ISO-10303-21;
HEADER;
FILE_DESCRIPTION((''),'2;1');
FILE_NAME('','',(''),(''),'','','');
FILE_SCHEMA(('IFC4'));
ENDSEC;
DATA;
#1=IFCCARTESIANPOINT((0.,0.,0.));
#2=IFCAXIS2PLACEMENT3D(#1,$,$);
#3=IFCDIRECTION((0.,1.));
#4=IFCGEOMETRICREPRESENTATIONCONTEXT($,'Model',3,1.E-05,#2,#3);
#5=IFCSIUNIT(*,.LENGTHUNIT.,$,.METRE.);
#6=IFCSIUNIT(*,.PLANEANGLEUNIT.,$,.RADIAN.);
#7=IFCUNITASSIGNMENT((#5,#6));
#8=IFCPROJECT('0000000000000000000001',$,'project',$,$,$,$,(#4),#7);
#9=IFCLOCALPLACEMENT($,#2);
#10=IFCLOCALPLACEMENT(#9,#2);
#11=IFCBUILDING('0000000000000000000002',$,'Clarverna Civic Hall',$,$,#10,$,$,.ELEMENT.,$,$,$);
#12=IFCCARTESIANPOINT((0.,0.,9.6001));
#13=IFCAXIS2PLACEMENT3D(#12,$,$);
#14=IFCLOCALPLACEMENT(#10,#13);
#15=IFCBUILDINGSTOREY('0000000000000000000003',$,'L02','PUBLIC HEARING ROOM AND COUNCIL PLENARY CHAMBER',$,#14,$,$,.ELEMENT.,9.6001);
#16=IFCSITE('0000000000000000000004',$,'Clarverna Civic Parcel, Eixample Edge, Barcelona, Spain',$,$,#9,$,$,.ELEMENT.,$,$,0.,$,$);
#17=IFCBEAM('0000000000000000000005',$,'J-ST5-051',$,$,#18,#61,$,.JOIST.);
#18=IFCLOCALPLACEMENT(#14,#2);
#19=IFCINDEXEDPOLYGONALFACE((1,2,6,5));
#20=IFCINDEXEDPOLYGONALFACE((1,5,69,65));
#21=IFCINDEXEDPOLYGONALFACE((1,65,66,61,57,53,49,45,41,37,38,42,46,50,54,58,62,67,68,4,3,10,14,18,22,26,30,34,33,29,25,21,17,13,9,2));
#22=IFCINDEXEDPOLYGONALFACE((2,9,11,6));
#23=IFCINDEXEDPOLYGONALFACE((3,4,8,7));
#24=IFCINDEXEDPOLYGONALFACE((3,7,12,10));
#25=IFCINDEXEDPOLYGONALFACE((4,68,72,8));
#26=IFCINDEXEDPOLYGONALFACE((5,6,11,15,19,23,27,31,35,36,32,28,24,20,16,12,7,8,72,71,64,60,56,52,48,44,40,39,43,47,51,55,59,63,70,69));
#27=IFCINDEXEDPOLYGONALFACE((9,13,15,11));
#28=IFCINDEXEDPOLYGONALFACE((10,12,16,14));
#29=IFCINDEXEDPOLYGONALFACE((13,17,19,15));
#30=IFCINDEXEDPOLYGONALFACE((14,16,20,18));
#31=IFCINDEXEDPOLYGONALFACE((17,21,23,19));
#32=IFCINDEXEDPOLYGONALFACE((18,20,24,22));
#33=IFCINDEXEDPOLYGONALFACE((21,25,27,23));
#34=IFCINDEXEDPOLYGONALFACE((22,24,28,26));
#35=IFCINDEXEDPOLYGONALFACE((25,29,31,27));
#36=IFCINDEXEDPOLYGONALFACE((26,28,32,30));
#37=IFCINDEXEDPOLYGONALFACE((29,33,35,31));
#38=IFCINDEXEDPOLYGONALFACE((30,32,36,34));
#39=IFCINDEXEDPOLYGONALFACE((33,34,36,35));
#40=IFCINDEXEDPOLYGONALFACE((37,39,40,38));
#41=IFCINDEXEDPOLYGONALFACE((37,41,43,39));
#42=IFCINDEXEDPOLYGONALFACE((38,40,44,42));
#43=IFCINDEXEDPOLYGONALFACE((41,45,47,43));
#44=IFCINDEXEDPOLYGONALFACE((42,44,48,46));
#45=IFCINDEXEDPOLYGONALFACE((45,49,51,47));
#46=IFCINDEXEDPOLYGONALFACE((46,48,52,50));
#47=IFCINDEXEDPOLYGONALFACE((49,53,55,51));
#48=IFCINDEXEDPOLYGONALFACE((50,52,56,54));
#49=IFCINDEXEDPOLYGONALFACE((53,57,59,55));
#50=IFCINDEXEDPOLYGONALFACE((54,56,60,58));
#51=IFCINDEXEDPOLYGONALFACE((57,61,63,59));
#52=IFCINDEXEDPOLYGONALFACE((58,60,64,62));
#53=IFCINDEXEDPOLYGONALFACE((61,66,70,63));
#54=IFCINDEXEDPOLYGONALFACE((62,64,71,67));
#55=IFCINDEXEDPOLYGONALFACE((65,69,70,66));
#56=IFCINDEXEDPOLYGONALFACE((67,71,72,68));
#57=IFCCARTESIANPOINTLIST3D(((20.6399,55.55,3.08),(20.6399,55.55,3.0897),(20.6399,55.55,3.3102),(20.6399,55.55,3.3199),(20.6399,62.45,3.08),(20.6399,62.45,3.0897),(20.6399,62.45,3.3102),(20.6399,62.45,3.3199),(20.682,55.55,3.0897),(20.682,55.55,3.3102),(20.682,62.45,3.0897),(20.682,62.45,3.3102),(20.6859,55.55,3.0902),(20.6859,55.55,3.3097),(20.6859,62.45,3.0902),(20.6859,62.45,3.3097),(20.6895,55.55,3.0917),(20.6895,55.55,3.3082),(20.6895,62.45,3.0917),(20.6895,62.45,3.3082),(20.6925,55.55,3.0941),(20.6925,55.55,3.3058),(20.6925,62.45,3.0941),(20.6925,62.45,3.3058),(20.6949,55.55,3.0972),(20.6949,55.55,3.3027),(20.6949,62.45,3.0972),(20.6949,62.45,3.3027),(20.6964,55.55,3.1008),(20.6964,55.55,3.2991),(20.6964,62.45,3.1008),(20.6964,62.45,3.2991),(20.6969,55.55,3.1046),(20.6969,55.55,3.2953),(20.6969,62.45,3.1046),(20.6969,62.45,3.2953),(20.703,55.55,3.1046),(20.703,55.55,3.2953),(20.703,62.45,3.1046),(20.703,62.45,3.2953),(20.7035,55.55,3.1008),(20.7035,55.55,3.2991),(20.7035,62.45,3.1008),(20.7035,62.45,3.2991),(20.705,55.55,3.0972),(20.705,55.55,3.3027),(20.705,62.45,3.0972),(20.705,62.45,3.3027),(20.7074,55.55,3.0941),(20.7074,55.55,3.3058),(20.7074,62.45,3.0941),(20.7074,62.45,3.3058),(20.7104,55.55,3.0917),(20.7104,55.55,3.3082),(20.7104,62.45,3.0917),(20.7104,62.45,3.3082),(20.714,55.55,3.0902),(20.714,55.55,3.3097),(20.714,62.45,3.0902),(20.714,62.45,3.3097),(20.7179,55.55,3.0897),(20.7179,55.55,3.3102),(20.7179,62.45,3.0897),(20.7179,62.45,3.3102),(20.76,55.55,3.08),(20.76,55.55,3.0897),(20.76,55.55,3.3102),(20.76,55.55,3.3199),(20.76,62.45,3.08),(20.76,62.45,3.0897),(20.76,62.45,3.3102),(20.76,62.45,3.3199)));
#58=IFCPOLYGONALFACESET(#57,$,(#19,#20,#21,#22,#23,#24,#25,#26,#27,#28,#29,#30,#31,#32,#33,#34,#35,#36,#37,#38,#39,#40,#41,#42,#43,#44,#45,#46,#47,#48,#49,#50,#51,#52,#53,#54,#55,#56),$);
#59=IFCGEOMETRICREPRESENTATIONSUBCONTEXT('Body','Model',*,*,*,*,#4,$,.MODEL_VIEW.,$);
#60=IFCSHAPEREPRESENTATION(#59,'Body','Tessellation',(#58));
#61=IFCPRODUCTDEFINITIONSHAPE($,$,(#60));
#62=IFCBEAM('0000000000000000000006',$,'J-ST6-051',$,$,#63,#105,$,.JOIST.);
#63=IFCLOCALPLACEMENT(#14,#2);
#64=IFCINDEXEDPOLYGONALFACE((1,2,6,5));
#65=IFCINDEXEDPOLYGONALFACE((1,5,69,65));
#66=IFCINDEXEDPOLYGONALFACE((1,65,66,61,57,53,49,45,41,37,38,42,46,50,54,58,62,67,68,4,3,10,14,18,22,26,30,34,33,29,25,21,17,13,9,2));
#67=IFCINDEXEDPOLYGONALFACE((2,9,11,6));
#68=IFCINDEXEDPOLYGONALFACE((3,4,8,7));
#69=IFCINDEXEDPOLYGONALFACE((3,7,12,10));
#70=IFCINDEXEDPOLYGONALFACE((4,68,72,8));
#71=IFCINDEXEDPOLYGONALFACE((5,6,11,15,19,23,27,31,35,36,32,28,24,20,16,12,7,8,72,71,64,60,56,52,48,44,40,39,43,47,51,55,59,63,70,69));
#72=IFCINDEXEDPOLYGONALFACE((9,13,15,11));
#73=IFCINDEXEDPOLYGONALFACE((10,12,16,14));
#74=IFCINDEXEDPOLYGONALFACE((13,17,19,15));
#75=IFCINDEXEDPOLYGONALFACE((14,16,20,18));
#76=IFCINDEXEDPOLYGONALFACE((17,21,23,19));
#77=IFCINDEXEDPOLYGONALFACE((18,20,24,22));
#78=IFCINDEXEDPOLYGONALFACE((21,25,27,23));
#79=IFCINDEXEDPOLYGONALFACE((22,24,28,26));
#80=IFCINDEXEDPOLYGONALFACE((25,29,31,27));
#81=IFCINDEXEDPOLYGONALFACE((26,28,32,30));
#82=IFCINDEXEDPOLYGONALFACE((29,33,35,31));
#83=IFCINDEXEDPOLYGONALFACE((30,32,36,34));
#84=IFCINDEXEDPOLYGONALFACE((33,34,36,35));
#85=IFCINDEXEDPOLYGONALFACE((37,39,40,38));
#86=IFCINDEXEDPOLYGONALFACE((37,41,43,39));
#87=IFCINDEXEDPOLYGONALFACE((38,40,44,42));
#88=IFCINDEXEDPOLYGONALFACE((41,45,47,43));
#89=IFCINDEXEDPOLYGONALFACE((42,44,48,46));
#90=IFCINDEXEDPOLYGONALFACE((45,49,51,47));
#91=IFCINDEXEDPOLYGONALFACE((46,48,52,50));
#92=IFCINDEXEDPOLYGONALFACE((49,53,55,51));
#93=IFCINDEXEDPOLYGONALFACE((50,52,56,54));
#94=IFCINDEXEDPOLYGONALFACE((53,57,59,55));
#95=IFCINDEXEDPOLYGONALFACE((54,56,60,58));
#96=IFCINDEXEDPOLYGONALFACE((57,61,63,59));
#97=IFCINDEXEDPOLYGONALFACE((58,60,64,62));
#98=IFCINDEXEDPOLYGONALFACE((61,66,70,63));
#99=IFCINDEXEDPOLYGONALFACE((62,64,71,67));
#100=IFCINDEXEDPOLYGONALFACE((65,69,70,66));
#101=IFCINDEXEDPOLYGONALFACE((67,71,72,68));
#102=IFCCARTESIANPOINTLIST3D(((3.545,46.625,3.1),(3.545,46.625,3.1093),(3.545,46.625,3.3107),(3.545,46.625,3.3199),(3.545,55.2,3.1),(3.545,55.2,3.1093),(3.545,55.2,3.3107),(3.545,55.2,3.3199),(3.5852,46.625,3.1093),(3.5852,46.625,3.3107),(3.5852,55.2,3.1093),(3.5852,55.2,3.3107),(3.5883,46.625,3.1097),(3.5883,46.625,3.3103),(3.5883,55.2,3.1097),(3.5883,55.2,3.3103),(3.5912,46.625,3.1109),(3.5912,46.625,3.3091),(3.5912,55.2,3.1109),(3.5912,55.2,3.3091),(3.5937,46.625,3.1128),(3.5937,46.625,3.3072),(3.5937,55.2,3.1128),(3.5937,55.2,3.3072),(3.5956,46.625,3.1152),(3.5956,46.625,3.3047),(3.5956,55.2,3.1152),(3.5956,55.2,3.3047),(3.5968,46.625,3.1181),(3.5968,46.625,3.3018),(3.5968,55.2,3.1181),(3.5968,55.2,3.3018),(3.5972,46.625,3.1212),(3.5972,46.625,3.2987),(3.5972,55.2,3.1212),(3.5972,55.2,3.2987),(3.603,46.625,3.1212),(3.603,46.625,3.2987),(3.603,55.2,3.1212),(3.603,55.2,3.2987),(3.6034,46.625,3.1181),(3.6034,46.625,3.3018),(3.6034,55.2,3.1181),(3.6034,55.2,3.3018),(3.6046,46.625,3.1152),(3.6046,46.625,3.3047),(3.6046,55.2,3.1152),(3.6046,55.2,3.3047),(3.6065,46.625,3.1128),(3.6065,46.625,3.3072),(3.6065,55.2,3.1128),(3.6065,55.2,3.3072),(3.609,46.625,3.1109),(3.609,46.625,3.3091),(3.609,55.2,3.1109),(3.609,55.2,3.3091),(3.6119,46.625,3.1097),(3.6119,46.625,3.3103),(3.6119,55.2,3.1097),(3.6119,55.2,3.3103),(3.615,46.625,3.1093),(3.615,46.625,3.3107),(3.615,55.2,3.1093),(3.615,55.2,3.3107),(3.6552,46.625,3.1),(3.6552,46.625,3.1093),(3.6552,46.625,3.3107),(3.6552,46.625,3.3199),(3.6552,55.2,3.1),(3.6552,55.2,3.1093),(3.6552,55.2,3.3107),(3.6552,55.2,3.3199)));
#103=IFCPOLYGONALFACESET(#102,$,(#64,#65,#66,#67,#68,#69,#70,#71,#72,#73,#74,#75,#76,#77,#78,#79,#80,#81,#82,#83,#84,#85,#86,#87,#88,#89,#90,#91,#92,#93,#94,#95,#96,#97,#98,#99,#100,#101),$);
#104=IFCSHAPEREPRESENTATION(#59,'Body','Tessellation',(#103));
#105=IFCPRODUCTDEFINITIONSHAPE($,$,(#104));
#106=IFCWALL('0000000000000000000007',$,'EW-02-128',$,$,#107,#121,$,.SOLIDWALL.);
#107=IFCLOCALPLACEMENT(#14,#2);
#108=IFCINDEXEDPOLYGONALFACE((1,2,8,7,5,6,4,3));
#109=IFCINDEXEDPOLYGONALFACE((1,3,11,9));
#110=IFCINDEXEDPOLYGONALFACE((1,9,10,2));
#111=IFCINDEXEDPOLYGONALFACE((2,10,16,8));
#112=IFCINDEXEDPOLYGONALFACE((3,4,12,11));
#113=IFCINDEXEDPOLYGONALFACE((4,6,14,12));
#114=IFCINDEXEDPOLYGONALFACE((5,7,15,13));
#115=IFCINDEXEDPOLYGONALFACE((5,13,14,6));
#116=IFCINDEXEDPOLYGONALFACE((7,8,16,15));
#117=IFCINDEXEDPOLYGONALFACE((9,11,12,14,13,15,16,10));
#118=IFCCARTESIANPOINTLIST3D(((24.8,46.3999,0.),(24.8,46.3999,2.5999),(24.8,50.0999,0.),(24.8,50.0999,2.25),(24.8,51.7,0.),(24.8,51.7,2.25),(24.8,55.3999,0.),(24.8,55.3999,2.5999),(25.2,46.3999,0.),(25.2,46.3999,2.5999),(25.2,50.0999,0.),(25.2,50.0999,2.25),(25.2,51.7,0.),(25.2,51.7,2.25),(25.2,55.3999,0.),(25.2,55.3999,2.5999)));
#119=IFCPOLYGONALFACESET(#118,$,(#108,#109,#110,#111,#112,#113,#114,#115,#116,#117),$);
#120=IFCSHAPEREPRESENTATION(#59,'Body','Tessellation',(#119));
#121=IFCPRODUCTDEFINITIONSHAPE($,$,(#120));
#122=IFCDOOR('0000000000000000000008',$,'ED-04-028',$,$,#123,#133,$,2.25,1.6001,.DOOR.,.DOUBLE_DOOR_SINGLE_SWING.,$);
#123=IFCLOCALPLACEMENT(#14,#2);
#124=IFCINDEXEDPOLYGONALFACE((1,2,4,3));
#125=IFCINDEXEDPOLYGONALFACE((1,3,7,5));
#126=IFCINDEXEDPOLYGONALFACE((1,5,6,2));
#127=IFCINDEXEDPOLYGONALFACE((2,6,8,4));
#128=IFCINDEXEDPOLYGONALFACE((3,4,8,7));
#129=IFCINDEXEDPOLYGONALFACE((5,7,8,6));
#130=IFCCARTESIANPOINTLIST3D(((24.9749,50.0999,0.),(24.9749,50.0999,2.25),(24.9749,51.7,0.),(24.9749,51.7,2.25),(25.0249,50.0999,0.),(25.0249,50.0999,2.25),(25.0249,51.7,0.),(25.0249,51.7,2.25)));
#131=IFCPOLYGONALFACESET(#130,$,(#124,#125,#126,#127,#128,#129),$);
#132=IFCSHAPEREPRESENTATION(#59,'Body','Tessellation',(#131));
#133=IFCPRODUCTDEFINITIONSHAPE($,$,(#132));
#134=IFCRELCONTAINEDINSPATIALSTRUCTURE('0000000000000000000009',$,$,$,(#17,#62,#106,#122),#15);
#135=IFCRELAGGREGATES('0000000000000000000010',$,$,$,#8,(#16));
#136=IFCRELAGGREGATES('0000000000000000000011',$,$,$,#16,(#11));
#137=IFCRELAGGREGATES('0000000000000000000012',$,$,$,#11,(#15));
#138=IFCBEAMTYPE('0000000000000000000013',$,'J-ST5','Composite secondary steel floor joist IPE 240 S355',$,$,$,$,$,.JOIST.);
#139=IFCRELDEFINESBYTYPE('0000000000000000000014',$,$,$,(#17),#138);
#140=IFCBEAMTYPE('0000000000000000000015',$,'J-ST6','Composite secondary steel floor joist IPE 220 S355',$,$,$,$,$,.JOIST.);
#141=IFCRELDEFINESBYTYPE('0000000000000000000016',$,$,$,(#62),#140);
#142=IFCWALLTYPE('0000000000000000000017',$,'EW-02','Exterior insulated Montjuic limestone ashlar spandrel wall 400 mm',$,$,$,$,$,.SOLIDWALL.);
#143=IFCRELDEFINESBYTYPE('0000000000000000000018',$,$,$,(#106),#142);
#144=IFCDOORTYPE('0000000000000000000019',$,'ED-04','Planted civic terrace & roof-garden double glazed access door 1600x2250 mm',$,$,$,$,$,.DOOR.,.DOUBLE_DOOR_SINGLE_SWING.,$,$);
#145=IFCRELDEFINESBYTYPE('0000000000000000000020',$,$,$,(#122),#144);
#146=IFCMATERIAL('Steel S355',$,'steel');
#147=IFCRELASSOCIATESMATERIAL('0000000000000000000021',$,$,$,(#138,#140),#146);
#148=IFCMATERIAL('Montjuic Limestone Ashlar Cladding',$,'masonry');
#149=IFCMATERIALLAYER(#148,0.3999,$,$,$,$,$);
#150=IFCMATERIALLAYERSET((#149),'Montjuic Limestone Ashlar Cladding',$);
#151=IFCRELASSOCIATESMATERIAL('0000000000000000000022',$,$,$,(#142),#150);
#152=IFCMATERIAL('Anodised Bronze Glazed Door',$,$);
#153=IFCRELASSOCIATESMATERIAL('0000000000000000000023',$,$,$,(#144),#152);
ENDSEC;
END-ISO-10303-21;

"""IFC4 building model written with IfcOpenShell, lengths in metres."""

from ifc_helpers import new_model, si_unit, direction, frame, frame_2d, origin, origin_2d, place, context, subcontext, project, spatial, rectangle, i_section, extrude, material, layer, layer_set, material_profile, profile_set, type_object, element, fill, save


model = new_model("IFC4")

# Units and contexts
model_context = context("Model", 3, precision=1e-05, world=origin(), true_north=direction((0.0, 1.0)))
body_context = subcontext(model_context, "Body", "Model", "MODEL_VIEW")
ifc_project = project(units=[si_unit("LENGTHUNIT", "METRE"), si_unit("PLANEANGLEUNIT", "RADIAN")], contexts=[model_context])

# Site, building, storey
site_placement = place(None, origin())
site = spatial("IfcSite", under=ifc_project, at=site_placement, Name="Clarverna Civic Parcel, Eixample Edge, Barcelona, Spain", CompositionType="ELEMENT", RefElevation=0.0)
building_placement = place(site_placement, origin())
building = spatial("IfcBuilding", under=site, at=building_placement, Name="Clarverna Civic Hall", CompositionType="ELEMENT")
storey_placement = place(building_placement, frame((0.0, 0.0, 9.6001)))
storey = spatial("IfcBuildingStorey", under=building, at=storey_placement, Name="L02", Description="PUBLIC HEARING ROOM AND COUNCIL PLENARY CHAMBER", CompositionType="ELEMENT", Elevation=9.6001)

# Beams
ifc_material_1 = material(Name="Steel S355", Category="steel")
ifc_material_profile_1 = material_profile(ifc_material_1, i_section(OverallWidth=0.1201, OverallDepth=0.24, WebThickness=0.0061, FlangeThickness=0.0098, FilletRadius=0.0149, at=origin_2d()), Name="IPE 240")
ifc_profile_set_1 = profile_set([ifc_material_profile_1], Name="Steel S355")
beam_type_1 = type_object("IfcBeamType", Name="J-ST5", Description="Composite secondary steel floor joist IPE 240 S355", PredefinedType="JOIST", material=ifc_profile_set_1)
beam_1_placement = place(storey_placement, frame((20.7, 55.55, 3.2), z_axis=(0.0, 1.0, 0.0), x_axis=(-1.0, 0.0, 0.0)))
element("IfcBeam", 1, at=beam_1_placement, inside=storey, type_object=beam_type_1, Name="J-ST5-051", PredefinedType="JOIST", context=body_context, shape_type="SweptSolid", body=[
    extrude(i_section(OverallWidth=0.1201, OverallDepth=0.24, WebThickness=0.0061, FlangeThickness=0.0098, FilletRadius=0.0149, at=origin_2d()), origin(), (0.0, 0.0, 1.0), 6.8999),
])
ifc_material_profile_2 = material_profile(ifc_material_1, i_section(OverallWidth=0.1101, OverallDepth=0.22, WebThickness=0.0059, FlangeThickness=0.0093, FilletRadius=0.012, at=origin_2d()), Name="IPE 220")
ifc_profile_set_2 = profile_set([ifc_material_profile_2], Name="Steel S355")
beam_type_2 = type_object("IfcBeamType", Name="J-ST6", Description="Composite secondary steel floor joist IPE 220 S355", PredefinedType="JOIST", material=ifc_profile_set_2)
beam_2_placement = place(storey_placement, frame((3.6001, 46.625, 3.21), z_axis=(0.0, 1.0, 0.0), x_axis=(-1.0, 0.0, 0.0)))
element("IfcBeam", 2, at=beam_2_placement, inside=storey, type_object=beam_type_2, Name="J-ST6-051", PredefinedType="JOIST", context=body_context, shape_type="SweptSolid", body=[
    extrude(i_section(OverallWidth=0.1101, OverallDepth=0.22, WebThickness=0.0059, FlangeThickness=0.0093, FilletRadius=0.012, at=origin_2d()), origin(), (0.0, 0.0, 1.0), 8.575),
])

# Wall, opening, door
ifc_material_2 = material(Name="Montjuic Limestone Ashlar Cladding", Category="masonry")
ifc_layer = layer(ifc_material_2, 0.3999)
ifc_layer_set = layer_set([ifc_layer], Name="Montjuic Limestone Ashlar Cladding")
wall_type = type_object("IfcWallType", Name="EW-02", Description="Exterior insulated Montjuic limestone ashlar spandrel wall 400 mm", PredefinedType="SOLIDWALL", material=ifc_layer_set)
wall_placement = place(storey_placement, frame((25.0, 55.3999, 0.0), z_axis=(0.0, 0.0, 1.0), x_axis=(0.0, -1.0, 0.0)))
wall = element("IfcWall", 3, at=wall_placement, inside=storey, type_object=wall_type, Name="EW-02-128", PredefinedType="SOLIDWALL", context=body_context, shape_type="SweptSolid", body=[
    extrude(rectangle(XDim=9.0, YDim=0.3999, at=frame_2d((4.5, 0.0))), origin(), (0.0, 0.0, 1.0), 2.5999),
])
opening_placement = place(wall_placement, frame((3.7, 0.0, 0.0)))
opening = element("IfcOpeningElement", 4, at=opening_placement, cuts=wall, PredefinedType="OPENING", context=body_context, shape_type="SweptSolid", body=[
    extrude(rectangle(XDim=1.6001, YDim=2.25, at=frame_2d((0.8, 1.125))), frame((0.0, 0.21, 0.0), z_axis=(0.0, -1.0, 0.0), x_axis=(1.0, 0.0, 0.0)), (0.0, 0.0, 1.0), 0.4199),
])
ifc_material_3 = material(Name="Anodised Bronze Glazed Door")
door_type = type_object("IfcDoorType", Name="ED-04", Description="Planted civic terrace & roof-garden double glazed access door 1600x2250 mm", OperationType="DOUBLE_DOOR_SINGLE_SWING", PredefinedType="DOOR", material=ifc_material_3)
door_placement = place(opening_placement, origin())
door = element("IfcDoor", 5, at=door_placement, inside=storey, type_object=door_type, Name="ED-04-028", OperationType="DOUBLE_DOOR_SINGLE_SWING", OverallHeight=2.25, OverallWidth=1.6001, PredefinedType="DOOR", context=body_context, shape_type="SweptSolid", body=[
    extrude(rectangle(XDim=1.6001, YDim=2.25, at=frame_2d((0.8, 1.125))), frame((0.0, 0.0249, 0.0), z_axis=(0.0, -1.0, 0.0), x_axis=(1.0, 0.0, 0.0)), (0.0, 0.0, 1.0), 0.05),
])
fill(opening, door)

save(model, "model.ifc")
